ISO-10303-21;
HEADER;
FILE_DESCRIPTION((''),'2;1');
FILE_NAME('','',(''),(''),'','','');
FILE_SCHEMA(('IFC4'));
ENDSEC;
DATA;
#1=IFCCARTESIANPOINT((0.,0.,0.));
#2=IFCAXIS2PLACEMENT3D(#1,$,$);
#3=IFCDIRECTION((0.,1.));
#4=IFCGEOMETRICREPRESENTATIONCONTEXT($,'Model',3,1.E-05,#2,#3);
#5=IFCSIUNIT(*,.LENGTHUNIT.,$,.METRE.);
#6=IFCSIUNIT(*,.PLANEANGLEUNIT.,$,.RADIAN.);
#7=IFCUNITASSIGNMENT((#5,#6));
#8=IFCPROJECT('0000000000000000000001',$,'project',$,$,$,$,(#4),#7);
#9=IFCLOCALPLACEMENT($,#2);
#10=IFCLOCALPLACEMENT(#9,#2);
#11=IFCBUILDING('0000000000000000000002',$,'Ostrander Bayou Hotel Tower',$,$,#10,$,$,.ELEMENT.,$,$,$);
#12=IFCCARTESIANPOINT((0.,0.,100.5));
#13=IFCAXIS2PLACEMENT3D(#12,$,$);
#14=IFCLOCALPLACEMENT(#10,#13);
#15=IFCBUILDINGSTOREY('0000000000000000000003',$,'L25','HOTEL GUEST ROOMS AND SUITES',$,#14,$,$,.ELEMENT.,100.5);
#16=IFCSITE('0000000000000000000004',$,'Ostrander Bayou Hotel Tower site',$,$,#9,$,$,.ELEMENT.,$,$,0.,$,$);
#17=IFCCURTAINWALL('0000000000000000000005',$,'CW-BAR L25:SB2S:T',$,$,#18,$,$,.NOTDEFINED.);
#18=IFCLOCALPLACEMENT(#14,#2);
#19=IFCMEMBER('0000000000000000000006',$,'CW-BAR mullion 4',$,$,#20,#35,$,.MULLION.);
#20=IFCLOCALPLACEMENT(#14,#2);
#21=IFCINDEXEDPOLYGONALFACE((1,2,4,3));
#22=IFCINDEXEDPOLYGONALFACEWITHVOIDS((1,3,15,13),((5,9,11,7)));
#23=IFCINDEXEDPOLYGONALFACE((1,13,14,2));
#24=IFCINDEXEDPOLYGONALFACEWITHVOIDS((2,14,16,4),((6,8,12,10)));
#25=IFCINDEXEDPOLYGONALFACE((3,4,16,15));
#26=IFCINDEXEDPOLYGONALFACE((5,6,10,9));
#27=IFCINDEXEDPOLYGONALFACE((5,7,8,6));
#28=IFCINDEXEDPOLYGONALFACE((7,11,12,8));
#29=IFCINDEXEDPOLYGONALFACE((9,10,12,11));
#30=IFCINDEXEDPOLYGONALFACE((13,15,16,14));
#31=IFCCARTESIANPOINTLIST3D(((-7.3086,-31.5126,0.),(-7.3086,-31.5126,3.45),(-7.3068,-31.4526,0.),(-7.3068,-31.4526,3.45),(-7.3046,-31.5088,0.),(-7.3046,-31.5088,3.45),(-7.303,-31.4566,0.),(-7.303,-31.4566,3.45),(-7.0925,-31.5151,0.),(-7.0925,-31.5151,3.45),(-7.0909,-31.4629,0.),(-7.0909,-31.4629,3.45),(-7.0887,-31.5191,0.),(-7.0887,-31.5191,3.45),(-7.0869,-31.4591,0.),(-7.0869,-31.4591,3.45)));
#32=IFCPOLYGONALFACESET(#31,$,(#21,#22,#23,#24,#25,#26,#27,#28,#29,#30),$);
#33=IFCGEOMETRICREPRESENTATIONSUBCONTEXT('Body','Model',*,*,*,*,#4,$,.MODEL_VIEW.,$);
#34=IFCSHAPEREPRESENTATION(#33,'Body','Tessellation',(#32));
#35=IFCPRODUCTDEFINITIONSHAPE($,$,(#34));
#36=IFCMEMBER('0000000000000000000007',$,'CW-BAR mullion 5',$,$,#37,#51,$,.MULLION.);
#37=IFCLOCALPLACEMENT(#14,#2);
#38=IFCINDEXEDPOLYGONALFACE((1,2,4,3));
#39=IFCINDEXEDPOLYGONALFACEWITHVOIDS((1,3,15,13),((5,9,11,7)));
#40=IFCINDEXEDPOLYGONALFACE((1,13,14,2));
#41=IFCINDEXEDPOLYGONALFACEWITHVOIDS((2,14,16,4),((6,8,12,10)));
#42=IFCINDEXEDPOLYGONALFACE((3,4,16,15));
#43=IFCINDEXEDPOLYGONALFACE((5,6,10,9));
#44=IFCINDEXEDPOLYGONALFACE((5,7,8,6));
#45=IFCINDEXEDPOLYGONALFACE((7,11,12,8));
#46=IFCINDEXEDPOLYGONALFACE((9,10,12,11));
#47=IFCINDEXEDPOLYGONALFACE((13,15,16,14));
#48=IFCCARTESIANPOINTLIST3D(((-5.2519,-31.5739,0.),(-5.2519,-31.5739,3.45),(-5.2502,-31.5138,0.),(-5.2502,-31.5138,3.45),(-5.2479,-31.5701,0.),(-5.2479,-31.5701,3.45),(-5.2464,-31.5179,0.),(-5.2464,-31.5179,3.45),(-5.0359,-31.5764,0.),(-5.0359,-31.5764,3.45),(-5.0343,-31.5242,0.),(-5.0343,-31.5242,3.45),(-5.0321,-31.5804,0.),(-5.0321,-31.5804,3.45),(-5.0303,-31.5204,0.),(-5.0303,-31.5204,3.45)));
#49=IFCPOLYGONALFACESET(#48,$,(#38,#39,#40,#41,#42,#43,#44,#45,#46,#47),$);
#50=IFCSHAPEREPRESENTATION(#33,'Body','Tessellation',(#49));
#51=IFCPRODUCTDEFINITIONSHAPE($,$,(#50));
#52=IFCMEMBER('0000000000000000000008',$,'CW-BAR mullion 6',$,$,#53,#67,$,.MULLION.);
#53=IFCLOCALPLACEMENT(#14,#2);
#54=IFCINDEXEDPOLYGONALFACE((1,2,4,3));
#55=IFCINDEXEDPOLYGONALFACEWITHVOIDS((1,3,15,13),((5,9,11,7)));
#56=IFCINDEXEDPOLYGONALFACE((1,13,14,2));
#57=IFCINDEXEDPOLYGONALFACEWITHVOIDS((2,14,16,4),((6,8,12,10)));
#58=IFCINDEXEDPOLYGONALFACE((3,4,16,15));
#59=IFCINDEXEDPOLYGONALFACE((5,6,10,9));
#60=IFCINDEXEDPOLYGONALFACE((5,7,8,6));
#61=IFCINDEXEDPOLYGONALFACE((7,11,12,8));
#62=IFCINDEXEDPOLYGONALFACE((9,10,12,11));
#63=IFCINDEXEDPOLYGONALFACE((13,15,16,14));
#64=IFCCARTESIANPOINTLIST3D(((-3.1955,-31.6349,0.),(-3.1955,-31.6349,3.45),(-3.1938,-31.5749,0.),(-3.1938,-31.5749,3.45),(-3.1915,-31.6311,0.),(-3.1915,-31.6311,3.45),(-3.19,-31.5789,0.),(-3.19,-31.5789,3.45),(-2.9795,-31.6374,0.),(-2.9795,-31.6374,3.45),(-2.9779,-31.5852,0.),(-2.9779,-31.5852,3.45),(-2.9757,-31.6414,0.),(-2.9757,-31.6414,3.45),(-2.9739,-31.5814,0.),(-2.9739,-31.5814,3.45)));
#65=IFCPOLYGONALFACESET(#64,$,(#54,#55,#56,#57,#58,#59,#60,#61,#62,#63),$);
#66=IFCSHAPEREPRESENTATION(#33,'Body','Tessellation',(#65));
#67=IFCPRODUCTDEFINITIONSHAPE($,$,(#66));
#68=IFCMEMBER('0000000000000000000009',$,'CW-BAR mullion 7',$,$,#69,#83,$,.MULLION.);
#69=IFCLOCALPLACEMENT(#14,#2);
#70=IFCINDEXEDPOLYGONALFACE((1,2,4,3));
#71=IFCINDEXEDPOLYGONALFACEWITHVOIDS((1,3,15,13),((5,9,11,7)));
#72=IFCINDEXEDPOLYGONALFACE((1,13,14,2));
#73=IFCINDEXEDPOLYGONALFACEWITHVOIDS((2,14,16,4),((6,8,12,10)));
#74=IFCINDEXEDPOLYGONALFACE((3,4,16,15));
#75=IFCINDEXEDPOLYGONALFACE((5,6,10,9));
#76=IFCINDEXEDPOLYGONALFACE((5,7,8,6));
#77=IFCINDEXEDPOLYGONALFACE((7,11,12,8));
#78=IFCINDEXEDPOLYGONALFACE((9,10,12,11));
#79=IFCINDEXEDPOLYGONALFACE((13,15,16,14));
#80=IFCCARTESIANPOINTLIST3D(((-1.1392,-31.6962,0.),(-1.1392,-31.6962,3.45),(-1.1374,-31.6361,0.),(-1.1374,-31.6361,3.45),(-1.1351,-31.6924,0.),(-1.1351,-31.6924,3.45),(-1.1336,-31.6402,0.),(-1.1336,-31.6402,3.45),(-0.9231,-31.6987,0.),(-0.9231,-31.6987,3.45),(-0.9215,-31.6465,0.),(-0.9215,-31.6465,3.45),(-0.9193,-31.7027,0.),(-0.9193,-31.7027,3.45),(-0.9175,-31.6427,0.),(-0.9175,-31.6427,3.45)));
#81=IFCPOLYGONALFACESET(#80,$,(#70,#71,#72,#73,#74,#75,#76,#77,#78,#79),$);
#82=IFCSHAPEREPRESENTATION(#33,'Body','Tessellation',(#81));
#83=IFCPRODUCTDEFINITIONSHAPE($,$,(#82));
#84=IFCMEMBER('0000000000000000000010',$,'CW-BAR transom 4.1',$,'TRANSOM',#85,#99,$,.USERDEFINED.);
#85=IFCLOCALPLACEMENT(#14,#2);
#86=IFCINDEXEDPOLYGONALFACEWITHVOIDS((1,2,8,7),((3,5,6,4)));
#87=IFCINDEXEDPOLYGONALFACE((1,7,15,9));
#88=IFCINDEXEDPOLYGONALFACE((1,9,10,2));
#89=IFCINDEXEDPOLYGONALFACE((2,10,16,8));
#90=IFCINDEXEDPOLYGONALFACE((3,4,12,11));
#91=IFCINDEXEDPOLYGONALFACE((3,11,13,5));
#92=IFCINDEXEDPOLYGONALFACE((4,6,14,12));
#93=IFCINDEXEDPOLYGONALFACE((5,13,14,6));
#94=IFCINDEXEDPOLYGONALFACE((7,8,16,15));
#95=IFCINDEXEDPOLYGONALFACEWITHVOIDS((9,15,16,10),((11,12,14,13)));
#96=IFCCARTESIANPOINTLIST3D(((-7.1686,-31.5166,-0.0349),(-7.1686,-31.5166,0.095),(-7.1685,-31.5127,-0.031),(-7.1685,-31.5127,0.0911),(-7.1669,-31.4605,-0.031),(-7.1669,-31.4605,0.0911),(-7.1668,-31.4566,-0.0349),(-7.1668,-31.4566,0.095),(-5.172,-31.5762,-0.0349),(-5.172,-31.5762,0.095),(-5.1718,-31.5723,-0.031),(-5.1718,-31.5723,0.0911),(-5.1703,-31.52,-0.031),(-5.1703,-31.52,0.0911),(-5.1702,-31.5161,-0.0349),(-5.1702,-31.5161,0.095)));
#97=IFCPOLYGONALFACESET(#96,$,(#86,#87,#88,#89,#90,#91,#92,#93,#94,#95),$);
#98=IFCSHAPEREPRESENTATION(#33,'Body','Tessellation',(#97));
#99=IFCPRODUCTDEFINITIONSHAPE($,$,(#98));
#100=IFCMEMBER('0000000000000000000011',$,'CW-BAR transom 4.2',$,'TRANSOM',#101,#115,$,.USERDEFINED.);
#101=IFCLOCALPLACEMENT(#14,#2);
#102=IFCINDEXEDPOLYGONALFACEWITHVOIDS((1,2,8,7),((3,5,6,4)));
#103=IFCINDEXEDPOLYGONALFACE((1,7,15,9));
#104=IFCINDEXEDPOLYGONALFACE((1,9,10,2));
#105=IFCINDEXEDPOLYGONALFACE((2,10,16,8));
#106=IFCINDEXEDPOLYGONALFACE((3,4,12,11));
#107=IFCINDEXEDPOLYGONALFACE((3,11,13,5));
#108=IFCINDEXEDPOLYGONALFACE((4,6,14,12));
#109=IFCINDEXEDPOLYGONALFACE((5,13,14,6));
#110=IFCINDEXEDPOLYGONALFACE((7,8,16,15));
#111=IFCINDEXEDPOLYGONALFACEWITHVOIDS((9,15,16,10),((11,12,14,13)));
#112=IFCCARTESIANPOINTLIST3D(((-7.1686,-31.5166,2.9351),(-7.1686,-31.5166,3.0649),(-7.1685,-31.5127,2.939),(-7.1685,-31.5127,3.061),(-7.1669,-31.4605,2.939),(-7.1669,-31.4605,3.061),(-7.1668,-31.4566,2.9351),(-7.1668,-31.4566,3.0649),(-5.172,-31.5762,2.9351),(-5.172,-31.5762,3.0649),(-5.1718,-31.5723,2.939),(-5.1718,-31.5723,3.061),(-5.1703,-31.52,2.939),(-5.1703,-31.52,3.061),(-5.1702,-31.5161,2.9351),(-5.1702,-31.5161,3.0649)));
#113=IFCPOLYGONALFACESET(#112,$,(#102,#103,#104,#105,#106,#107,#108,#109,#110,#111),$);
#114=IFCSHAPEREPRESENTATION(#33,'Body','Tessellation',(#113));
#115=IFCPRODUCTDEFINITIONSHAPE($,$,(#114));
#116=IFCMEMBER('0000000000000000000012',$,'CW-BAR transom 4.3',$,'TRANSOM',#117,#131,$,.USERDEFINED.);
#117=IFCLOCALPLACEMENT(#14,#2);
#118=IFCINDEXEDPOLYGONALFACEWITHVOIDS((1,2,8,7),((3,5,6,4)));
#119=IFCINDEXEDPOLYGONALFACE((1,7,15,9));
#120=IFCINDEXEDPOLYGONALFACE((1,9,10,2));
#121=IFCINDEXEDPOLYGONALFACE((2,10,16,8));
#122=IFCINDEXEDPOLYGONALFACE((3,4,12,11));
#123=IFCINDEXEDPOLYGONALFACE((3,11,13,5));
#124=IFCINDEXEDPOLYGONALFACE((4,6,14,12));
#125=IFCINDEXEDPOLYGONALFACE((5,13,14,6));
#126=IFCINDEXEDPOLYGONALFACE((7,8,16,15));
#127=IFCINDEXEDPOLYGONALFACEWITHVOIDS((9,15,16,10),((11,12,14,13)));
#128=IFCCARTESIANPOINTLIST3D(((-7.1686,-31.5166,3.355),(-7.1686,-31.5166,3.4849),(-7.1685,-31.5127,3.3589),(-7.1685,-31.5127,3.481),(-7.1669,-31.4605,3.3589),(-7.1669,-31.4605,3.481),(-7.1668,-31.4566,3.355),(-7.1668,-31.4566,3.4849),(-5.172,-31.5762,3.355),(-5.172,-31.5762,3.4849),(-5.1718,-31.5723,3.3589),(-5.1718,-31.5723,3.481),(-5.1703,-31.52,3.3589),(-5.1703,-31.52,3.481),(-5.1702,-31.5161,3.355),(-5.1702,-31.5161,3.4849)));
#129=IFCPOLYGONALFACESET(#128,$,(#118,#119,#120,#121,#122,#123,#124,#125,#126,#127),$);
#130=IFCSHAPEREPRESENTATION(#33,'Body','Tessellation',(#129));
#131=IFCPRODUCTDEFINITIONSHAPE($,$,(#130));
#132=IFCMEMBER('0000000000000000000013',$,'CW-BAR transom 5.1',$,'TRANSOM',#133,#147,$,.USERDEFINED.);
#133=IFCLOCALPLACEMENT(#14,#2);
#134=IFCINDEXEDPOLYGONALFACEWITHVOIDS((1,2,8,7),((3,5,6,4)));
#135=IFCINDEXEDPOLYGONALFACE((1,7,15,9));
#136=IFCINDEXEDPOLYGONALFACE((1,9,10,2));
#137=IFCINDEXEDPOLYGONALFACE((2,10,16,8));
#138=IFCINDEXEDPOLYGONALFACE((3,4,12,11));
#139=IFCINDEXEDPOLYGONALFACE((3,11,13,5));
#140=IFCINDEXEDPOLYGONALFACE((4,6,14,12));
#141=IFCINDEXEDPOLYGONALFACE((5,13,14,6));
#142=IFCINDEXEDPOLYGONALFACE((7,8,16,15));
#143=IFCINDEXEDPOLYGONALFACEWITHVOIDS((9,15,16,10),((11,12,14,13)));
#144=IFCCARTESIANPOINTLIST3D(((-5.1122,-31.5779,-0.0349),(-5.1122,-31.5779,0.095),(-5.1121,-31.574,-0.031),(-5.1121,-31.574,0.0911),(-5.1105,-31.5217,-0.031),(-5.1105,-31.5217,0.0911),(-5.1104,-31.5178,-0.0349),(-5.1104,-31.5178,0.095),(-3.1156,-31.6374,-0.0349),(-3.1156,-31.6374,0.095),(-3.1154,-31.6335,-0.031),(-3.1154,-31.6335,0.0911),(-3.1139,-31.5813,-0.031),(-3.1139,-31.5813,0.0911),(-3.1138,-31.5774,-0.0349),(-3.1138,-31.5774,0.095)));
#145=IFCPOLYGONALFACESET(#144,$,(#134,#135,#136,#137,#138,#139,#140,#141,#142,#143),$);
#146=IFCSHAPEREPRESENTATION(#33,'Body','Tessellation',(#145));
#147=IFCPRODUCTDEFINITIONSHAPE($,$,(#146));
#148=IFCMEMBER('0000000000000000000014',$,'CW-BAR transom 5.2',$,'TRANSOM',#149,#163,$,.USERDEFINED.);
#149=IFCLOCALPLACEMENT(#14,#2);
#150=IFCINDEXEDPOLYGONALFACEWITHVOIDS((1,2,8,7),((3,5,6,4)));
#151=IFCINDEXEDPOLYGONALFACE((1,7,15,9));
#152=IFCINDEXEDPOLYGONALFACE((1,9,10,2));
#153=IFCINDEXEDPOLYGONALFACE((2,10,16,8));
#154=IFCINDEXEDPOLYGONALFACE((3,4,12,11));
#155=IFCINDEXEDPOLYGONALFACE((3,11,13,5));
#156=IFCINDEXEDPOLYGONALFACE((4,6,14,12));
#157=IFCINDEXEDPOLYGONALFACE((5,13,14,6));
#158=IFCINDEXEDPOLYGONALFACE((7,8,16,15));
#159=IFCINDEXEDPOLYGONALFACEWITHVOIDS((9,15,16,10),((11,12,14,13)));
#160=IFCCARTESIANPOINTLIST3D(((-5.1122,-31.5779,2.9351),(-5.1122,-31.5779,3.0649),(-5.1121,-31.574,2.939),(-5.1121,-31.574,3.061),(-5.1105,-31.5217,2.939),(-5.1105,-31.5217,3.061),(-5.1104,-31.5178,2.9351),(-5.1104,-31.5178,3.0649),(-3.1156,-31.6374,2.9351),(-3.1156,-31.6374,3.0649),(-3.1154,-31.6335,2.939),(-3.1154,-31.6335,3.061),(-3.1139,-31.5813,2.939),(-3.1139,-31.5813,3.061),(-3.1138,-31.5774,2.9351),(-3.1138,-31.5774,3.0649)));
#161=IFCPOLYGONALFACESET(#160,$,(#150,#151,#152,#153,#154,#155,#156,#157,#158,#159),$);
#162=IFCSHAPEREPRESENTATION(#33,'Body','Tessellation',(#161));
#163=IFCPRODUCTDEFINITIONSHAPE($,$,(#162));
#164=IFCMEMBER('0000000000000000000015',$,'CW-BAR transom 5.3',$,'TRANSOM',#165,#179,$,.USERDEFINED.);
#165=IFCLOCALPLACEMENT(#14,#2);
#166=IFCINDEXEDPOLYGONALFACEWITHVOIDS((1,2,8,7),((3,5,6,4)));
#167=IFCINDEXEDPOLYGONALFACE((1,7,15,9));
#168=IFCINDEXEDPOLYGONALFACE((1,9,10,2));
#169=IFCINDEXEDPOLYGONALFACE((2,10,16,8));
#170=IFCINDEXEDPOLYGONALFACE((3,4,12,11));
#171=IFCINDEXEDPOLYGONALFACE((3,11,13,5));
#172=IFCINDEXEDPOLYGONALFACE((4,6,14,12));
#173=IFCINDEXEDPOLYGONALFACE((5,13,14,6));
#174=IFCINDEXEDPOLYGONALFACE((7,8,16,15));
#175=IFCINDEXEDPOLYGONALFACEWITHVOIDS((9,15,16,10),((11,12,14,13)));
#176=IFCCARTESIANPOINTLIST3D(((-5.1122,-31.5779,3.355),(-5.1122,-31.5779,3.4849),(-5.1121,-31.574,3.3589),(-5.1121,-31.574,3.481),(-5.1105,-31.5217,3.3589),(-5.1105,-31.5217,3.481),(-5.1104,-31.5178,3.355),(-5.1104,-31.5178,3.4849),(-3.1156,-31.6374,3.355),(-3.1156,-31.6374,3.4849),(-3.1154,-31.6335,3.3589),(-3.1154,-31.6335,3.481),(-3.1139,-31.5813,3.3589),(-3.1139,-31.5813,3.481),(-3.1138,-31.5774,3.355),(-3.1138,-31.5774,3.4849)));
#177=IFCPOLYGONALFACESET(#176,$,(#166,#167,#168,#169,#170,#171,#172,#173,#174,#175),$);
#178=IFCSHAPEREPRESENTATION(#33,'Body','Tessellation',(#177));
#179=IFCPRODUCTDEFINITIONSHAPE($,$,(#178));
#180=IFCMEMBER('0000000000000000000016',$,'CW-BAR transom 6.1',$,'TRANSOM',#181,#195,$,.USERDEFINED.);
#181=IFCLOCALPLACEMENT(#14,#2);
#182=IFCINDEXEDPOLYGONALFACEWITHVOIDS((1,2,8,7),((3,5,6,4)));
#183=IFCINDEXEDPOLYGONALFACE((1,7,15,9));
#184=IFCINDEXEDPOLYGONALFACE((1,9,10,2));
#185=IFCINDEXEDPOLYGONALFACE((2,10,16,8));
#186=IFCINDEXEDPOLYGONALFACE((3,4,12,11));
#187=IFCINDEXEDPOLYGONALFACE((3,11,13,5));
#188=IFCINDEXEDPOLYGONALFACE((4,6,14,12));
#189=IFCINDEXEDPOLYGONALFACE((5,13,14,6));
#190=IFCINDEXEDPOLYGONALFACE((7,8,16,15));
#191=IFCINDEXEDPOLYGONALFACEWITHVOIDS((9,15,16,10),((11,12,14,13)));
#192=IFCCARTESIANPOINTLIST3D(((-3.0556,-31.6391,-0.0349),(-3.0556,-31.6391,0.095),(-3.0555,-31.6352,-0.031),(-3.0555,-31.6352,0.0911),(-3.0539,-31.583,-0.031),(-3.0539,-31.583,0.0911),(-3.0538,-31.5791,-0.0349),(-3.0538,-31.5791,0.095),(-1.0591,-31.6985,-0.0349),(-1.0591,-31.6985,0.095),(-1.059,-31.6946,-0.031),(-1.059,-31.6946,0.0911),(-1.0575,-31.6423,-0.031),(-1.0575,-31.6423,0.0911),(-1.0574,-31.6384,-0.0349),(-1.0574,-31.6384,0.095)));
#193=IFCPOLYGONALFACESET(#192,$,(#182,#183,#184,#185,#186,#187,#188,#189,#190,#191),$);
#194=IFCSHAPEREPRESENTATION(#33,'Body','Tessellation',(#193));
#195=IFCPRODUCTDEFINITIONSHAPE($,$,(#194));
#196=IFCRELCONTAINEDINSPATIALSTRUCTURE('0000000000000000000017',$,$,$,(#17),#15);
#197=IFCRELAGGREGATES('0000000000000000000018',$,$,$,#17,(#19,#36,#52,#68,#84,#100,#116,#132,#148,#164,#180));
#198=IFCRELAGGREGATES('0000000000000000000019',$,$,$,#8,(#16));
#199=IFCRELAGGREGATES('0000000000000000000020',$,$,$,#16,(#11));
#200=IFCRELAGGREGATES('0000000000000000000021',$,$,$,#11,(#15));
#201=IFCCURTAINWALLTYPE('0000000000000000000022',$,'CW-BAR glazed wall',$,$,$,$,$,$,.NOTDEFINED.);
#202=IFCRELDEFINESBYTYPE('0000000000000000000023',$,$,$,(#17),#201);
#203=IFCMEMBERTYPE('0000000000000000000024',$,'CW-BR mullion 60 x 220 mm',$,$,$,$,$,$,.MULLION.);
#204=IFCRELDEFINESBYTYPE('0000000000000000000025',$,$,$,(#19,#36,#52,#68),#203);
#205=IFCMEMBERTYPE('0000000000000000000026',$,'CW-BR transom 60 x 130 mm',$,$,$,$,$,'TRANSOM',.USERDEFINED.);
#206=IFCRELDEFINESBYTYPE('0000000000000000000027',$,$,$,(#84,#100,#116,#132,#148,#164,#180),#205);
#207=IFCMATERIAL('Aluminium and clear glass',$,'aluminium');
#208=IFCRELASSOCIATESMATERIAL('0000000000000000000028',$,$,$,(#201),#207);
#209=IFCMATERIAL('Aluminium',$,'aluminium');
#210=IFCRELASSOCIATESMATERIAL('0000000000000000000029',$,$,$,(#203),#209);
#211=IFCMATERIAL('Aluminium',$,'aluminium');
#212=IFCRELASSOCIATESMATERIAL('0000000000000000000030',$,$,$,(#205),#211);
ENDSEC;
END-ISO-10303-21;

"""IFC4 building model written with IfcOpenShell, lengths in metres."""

from ifc_helpers import new_model, si_unit, direction, frame, origin, origin_2d, place, context, subcontext, project, spatial, hollow_rectangle, extrude, material, material_profile, profile_set, type_object, element, aggregate, save


model = new_model("IFC4")

# Units and contexts
model_context = context("Model", 3, precision=1e-05, world=origin(), true_north=direction((0.0, 1.0)))
body_context = subcontext(model_context, "Body", "Model", "MODEL_VIEW")
ifc_project = project(units=[si_unit("LENGTHUNIT", "METRE"), si_unit("PLANEANGLEUNIT", "RADIAN")], contexts=[model_context])

# Site, building, storey
site_placement = place(None, origin())
site = spatial("IfcSite", under=ifc_project, at=site_placement, Name="Ostrander Bayou Hotel Tower site", CompositionType="ELEMENT", RefElevation=0.0)
building_placement = place(site_placement, origin())
building = spatial("IfcBuilding", under=site, at=building_placement, Name="Ostrander Bayou Hotel Tower", CompositionType="ELEMENT")
storey_placement = place(building_placement, frame((0.0, 0.0, 100.5)))
storey = spatial("IfcBuildingStorey", under=building, at=storey_placement, Name="L25", Description="HOTEL GUEST ROOMS AND SUITES", CompositionType="ELEMENT", Elevation=100.5)

# Curtain wall, members
ifc_material_1 = material(Name="Aluminium and clear glass", Category="aluminium")
curtain_wall_type = type_object("IfcCurtainWallType", Name="CW-BAR glazed wall", PredefinedType="NOTDEFINED", material=ifc_material_1)
curtain_wall_placement = place(storey_placement, origin())
curtain_wall = element("IfcCurtainWall", 1, at=curtain_wall_placement, inside=storey, type_object=curtain_wall_type, Name="CW-BAR L25:SB2S:T", PredefinedType="NOTDEFINED")
ifc_material_2 = material(Name="Aluminium", Category="aluminium")
ifc_material_profile_1 = material_profile(ifc_material_2, hollow_rectangle(XDim=0.0601, YDim=0.22, WallThickness=0.0039, at=origin_2d()))
ifc_profile_set_1 = profile_set([ifc_material_profile_1], Name="Aluminium")
member_type_1 = type_object("IfcMemberType", Name="CW-BR mullion 60 x 220 mm", PredefinedType="MULLION", material=ifc_profile_set_1)
member_1_placement = place(storey_placement, frame((-7.1978, -31.4858, 0.0), z_axis=(0.0, 0.0, 1.0), x_axis=(0.029746, 0.999557, 0.0)))
member_1 = element("IfcMember", 2, at=member_1_placement, type_object=member_type_1, Name="CW-BAR mullion 4", PredefinedType="MULLION", context=body_context, shape_type="SweptSolid", body=[
    extrude(hollow_rectangle(XDim=0.0601, YDim=0.22, WallThickness=0.0039, at=origin_2d()), origin(), (0.0, 0.0, 1.0), 3.45),
])
member_2_placement = place(storey_placement, frame((-5.1411, -31.5471, 0.0), z_axis=(0.0, 0.0, 1.0), x_axis=(0.029746, 0.999557, 0.0)))
member_2 = element("IfcMember", 3, at=member_2_placement, type_object=member_type_1, Name="CW-BAR mullion 5", PredefinedType="MULLION", context=body_context, shape_type="SweptSolid", body=[
    extrude(hollow_rectangle(XDim=0.0601, YDim=0.22, WallThickness=0.0039, at=origin_2d()), origin(), (0.0, 0.0, 1.0), 3.45),
])
member_3_placement = place(storey_placement, frame((-3.0847, -31.6082, 0.0), z_axis=(0.0, 0.0, 1.0), x_axis=(0.029746, 0.999557, 0.0)))
member_3 = element("IfcMember", 4, at=member_3_placement, type_object=member_type_1, Name="CW-BAR mullion 6", PredefinedType="MULLION", context=body_context, shape_type="SweptSolid", body=[
    extrude(hollow_rectangle(XDim=0.0601, YDim=0.22, WallThickness=0.0039, at=origin_2d()), origin(), (0.0, 0.0, 1.0), 3.45),
])
member_4_placement = place(storey_placement, frame((-1.0283, -31.6694, 0.0), z_axis=(0.0, 0.0, 1.0), x_axis=(0.029746, 0.999557, 0.0)))
member_4 = element("IfcMember", 5, at=member_4_placement, type_object=member_type_1, Name="CW-BAR mullion 7", PredefinedType="MULLION", context=body_context, shape_type="SweptSolid", body=[
    extrude(hollow_rectangle(XDim=0.0601, YDim=0.22, WallThickness=0.0039, at=origin_2d()), origin(), (0.0, 0.0, 1.0), 3.45),
])
ifc_material_3 = material(Name="Aluminium", Category="aluminium")
ifc_material_profile_2 = material_profile(ifc_material_3, hollow_rectangle(XDim=0.0601, YDim=0.1299, WallThickness=0.0039, at=origin_2d()))
ifc_profile_set_2 = profile_set([ifc_material_profile_2], Name="Aluminium")
member_type_2 = type_object("IfcMemberType", Name="CW-BR transom 60 x 130 mm", ElementType="TRANSOM", PredefinedType="USERDEFINED", material=ifc_profile_set_2)
member_5_placement = place(storey_placement, frame((-7.1677, -31.4866, 0.03), z_axis=(0.999555, -0.029823, 0.0), x_axis=(0.029823, 0.999555, 0.0)))
member_5 = element("IfcMember", 6, at=member_5_placement, type_object=member_type_2, Name="CW-BAR transom 4.1", ObjectType="TRANSOM", PredefinedType="USERDEFINED", context=body_context, shape_type="SweptSolid", body=[
    extrude(hollow_rectangle(XDim=0.0601, YDim=0.1299, WallThickness=0.0039, at=origin_2d()), origin(), (0.0, 0.0, 1.0), 1.9976),
])
member_6_placement = place(storey_placement, frame((-7.1677, -31.4866, 3.0), z_axis=(0.999555, -0.029823, 0.0), x_axis=(0.029823, 0.999555, 0.0)))
member_6 = element("IfcMember", 7, at=member_6_placement, type_object=member_type_2, Name="CW-BAR transom 4.2", ObjectType="TRANSOM", PredefinedType="USERDEFINED", context=body_context, shape_type="SweptSolid", body=[
    extrude(hollow_rectangle(XDim=0.0601, YDim=0.1299, WallThickness=0.0039, at=origin_2d()), origin(), (0.0, 0.0, 1.0), 1.9976),
])
member_7_placement = place(storey_placement, frame((-7.1677, -31.4866, 3.4199), z_axis=(0.999555, -0.029823, 0.0), x_axis=(0.029823, 0.999555, 0.0)))
member_7 = element("IfcMember", 8, at=member_7_placement, type_object=member_type_2, Name="CW-BAR transom 4.3", ObjectType="TRANSOM", PredefinedType="USERDEFINED", context=body_context, shape_type="SweptSolid", body=[
    extrude(hollow_rectangle(XDim=0.0601, YDim=0.1299, WallThickness=0.0039, at=origin_2d()), origin(), (0.0, 0.0, 1.0), 1.9976),
])
member_8_placement = place(storey_placement, frame((-5.1113, -31.5479, 0.03), z_axis=(0.999555, -0.029823, 0.0), x_axis=(0.029823, 0.999555, 0.0)))
member_8 = element("IfcMember", 9, at=member_8_placement, type_object=member_type_2, Name="CW-BAR transom 5.1", ObjectType="TRANSOM", PredefinedType="USERDEFINED", context=body_context, shape_type="SweptSolid", body=[
    extrude(hollow_rectangle(XDim=0.0601, YDim=0.1299, WallThickness=0.0039, at=origin_2d()), origin(), (0.0, 0.0, 1.0), 1.9976),
])
member_9_placement = place(storey_placement, frame((-5.1113, -31.5479, 3.0), z_axis=(0.999555, -0.029823, 0.0), x_axis=(0.029823, 0.999555, 0.0)))
member_9 = element("IfcMember", 10, at=member_9_placement, type_object=member_type_2, Name="CW-BAR transom 5.2", ObjectType="TRANSOM", PredefinedType="USERDEFINED", context=body_context, shape_type="SweptSolid", body=[
    extrude(hollow_rectangle(XDim=0.0601, YDim=0.1299, WallThickness=0.0039, at=origin_2d()), origin(), (0.0, 0.0, 1.0), 1.9976),
])
member_10_placement = place(storey_placement, frame((-5.1113, -31.5479, 3.4199), z_axis=(0.999555, -0.029823, 0.0), x_axis=(0.029823, 0.999555, 0.0)))
member_10 = element("IfcMember", 11, at=member_10_placement, type_object=member_type_2, Name="CW-BAR transom 5.3", ObjectType="TRANSOM", PredefinedType="USERDEFINED", context=body_context, shape_type="SweptSolid", body=[
    extrude(hollow_rectangle(XDim=0.0601, YDim=0.1299, WallThickness=0.0039, at=origin_2d()), origin(), (0.0, 0.0, 1.0), 1.9976),
])
member_11_placement = place(storey_placement, frame((-3.0547, -31.6091, 0.03), z_axis=(0.999559, -0.029704, 0.0), x_axis=(0.029704, 0.999559, 0.0)))
member_11 = element("IfcMember", 12, at=member_11_placement, type_object=member_type_2, Name="CW-BAR transom 6.1", ObjectType="TRANSOM", PredefinedType="USERDEFINED", context=body_context, shape_type="SweptSolid", body=[
    extrude(hollow_rectangle(XDim=0.0601, YDim=0.1299, WallThickness=0.0039, at=origin_2d()), origin(), (0.0, 0.0, 1.0), 1.9973),
])
aggregate(curtain_wall, [member_1, member_2, member_3, member_4, member_5, member_6, member_7, member_8, member_9, member_10, member_11])

save(model, "model.ifc")
